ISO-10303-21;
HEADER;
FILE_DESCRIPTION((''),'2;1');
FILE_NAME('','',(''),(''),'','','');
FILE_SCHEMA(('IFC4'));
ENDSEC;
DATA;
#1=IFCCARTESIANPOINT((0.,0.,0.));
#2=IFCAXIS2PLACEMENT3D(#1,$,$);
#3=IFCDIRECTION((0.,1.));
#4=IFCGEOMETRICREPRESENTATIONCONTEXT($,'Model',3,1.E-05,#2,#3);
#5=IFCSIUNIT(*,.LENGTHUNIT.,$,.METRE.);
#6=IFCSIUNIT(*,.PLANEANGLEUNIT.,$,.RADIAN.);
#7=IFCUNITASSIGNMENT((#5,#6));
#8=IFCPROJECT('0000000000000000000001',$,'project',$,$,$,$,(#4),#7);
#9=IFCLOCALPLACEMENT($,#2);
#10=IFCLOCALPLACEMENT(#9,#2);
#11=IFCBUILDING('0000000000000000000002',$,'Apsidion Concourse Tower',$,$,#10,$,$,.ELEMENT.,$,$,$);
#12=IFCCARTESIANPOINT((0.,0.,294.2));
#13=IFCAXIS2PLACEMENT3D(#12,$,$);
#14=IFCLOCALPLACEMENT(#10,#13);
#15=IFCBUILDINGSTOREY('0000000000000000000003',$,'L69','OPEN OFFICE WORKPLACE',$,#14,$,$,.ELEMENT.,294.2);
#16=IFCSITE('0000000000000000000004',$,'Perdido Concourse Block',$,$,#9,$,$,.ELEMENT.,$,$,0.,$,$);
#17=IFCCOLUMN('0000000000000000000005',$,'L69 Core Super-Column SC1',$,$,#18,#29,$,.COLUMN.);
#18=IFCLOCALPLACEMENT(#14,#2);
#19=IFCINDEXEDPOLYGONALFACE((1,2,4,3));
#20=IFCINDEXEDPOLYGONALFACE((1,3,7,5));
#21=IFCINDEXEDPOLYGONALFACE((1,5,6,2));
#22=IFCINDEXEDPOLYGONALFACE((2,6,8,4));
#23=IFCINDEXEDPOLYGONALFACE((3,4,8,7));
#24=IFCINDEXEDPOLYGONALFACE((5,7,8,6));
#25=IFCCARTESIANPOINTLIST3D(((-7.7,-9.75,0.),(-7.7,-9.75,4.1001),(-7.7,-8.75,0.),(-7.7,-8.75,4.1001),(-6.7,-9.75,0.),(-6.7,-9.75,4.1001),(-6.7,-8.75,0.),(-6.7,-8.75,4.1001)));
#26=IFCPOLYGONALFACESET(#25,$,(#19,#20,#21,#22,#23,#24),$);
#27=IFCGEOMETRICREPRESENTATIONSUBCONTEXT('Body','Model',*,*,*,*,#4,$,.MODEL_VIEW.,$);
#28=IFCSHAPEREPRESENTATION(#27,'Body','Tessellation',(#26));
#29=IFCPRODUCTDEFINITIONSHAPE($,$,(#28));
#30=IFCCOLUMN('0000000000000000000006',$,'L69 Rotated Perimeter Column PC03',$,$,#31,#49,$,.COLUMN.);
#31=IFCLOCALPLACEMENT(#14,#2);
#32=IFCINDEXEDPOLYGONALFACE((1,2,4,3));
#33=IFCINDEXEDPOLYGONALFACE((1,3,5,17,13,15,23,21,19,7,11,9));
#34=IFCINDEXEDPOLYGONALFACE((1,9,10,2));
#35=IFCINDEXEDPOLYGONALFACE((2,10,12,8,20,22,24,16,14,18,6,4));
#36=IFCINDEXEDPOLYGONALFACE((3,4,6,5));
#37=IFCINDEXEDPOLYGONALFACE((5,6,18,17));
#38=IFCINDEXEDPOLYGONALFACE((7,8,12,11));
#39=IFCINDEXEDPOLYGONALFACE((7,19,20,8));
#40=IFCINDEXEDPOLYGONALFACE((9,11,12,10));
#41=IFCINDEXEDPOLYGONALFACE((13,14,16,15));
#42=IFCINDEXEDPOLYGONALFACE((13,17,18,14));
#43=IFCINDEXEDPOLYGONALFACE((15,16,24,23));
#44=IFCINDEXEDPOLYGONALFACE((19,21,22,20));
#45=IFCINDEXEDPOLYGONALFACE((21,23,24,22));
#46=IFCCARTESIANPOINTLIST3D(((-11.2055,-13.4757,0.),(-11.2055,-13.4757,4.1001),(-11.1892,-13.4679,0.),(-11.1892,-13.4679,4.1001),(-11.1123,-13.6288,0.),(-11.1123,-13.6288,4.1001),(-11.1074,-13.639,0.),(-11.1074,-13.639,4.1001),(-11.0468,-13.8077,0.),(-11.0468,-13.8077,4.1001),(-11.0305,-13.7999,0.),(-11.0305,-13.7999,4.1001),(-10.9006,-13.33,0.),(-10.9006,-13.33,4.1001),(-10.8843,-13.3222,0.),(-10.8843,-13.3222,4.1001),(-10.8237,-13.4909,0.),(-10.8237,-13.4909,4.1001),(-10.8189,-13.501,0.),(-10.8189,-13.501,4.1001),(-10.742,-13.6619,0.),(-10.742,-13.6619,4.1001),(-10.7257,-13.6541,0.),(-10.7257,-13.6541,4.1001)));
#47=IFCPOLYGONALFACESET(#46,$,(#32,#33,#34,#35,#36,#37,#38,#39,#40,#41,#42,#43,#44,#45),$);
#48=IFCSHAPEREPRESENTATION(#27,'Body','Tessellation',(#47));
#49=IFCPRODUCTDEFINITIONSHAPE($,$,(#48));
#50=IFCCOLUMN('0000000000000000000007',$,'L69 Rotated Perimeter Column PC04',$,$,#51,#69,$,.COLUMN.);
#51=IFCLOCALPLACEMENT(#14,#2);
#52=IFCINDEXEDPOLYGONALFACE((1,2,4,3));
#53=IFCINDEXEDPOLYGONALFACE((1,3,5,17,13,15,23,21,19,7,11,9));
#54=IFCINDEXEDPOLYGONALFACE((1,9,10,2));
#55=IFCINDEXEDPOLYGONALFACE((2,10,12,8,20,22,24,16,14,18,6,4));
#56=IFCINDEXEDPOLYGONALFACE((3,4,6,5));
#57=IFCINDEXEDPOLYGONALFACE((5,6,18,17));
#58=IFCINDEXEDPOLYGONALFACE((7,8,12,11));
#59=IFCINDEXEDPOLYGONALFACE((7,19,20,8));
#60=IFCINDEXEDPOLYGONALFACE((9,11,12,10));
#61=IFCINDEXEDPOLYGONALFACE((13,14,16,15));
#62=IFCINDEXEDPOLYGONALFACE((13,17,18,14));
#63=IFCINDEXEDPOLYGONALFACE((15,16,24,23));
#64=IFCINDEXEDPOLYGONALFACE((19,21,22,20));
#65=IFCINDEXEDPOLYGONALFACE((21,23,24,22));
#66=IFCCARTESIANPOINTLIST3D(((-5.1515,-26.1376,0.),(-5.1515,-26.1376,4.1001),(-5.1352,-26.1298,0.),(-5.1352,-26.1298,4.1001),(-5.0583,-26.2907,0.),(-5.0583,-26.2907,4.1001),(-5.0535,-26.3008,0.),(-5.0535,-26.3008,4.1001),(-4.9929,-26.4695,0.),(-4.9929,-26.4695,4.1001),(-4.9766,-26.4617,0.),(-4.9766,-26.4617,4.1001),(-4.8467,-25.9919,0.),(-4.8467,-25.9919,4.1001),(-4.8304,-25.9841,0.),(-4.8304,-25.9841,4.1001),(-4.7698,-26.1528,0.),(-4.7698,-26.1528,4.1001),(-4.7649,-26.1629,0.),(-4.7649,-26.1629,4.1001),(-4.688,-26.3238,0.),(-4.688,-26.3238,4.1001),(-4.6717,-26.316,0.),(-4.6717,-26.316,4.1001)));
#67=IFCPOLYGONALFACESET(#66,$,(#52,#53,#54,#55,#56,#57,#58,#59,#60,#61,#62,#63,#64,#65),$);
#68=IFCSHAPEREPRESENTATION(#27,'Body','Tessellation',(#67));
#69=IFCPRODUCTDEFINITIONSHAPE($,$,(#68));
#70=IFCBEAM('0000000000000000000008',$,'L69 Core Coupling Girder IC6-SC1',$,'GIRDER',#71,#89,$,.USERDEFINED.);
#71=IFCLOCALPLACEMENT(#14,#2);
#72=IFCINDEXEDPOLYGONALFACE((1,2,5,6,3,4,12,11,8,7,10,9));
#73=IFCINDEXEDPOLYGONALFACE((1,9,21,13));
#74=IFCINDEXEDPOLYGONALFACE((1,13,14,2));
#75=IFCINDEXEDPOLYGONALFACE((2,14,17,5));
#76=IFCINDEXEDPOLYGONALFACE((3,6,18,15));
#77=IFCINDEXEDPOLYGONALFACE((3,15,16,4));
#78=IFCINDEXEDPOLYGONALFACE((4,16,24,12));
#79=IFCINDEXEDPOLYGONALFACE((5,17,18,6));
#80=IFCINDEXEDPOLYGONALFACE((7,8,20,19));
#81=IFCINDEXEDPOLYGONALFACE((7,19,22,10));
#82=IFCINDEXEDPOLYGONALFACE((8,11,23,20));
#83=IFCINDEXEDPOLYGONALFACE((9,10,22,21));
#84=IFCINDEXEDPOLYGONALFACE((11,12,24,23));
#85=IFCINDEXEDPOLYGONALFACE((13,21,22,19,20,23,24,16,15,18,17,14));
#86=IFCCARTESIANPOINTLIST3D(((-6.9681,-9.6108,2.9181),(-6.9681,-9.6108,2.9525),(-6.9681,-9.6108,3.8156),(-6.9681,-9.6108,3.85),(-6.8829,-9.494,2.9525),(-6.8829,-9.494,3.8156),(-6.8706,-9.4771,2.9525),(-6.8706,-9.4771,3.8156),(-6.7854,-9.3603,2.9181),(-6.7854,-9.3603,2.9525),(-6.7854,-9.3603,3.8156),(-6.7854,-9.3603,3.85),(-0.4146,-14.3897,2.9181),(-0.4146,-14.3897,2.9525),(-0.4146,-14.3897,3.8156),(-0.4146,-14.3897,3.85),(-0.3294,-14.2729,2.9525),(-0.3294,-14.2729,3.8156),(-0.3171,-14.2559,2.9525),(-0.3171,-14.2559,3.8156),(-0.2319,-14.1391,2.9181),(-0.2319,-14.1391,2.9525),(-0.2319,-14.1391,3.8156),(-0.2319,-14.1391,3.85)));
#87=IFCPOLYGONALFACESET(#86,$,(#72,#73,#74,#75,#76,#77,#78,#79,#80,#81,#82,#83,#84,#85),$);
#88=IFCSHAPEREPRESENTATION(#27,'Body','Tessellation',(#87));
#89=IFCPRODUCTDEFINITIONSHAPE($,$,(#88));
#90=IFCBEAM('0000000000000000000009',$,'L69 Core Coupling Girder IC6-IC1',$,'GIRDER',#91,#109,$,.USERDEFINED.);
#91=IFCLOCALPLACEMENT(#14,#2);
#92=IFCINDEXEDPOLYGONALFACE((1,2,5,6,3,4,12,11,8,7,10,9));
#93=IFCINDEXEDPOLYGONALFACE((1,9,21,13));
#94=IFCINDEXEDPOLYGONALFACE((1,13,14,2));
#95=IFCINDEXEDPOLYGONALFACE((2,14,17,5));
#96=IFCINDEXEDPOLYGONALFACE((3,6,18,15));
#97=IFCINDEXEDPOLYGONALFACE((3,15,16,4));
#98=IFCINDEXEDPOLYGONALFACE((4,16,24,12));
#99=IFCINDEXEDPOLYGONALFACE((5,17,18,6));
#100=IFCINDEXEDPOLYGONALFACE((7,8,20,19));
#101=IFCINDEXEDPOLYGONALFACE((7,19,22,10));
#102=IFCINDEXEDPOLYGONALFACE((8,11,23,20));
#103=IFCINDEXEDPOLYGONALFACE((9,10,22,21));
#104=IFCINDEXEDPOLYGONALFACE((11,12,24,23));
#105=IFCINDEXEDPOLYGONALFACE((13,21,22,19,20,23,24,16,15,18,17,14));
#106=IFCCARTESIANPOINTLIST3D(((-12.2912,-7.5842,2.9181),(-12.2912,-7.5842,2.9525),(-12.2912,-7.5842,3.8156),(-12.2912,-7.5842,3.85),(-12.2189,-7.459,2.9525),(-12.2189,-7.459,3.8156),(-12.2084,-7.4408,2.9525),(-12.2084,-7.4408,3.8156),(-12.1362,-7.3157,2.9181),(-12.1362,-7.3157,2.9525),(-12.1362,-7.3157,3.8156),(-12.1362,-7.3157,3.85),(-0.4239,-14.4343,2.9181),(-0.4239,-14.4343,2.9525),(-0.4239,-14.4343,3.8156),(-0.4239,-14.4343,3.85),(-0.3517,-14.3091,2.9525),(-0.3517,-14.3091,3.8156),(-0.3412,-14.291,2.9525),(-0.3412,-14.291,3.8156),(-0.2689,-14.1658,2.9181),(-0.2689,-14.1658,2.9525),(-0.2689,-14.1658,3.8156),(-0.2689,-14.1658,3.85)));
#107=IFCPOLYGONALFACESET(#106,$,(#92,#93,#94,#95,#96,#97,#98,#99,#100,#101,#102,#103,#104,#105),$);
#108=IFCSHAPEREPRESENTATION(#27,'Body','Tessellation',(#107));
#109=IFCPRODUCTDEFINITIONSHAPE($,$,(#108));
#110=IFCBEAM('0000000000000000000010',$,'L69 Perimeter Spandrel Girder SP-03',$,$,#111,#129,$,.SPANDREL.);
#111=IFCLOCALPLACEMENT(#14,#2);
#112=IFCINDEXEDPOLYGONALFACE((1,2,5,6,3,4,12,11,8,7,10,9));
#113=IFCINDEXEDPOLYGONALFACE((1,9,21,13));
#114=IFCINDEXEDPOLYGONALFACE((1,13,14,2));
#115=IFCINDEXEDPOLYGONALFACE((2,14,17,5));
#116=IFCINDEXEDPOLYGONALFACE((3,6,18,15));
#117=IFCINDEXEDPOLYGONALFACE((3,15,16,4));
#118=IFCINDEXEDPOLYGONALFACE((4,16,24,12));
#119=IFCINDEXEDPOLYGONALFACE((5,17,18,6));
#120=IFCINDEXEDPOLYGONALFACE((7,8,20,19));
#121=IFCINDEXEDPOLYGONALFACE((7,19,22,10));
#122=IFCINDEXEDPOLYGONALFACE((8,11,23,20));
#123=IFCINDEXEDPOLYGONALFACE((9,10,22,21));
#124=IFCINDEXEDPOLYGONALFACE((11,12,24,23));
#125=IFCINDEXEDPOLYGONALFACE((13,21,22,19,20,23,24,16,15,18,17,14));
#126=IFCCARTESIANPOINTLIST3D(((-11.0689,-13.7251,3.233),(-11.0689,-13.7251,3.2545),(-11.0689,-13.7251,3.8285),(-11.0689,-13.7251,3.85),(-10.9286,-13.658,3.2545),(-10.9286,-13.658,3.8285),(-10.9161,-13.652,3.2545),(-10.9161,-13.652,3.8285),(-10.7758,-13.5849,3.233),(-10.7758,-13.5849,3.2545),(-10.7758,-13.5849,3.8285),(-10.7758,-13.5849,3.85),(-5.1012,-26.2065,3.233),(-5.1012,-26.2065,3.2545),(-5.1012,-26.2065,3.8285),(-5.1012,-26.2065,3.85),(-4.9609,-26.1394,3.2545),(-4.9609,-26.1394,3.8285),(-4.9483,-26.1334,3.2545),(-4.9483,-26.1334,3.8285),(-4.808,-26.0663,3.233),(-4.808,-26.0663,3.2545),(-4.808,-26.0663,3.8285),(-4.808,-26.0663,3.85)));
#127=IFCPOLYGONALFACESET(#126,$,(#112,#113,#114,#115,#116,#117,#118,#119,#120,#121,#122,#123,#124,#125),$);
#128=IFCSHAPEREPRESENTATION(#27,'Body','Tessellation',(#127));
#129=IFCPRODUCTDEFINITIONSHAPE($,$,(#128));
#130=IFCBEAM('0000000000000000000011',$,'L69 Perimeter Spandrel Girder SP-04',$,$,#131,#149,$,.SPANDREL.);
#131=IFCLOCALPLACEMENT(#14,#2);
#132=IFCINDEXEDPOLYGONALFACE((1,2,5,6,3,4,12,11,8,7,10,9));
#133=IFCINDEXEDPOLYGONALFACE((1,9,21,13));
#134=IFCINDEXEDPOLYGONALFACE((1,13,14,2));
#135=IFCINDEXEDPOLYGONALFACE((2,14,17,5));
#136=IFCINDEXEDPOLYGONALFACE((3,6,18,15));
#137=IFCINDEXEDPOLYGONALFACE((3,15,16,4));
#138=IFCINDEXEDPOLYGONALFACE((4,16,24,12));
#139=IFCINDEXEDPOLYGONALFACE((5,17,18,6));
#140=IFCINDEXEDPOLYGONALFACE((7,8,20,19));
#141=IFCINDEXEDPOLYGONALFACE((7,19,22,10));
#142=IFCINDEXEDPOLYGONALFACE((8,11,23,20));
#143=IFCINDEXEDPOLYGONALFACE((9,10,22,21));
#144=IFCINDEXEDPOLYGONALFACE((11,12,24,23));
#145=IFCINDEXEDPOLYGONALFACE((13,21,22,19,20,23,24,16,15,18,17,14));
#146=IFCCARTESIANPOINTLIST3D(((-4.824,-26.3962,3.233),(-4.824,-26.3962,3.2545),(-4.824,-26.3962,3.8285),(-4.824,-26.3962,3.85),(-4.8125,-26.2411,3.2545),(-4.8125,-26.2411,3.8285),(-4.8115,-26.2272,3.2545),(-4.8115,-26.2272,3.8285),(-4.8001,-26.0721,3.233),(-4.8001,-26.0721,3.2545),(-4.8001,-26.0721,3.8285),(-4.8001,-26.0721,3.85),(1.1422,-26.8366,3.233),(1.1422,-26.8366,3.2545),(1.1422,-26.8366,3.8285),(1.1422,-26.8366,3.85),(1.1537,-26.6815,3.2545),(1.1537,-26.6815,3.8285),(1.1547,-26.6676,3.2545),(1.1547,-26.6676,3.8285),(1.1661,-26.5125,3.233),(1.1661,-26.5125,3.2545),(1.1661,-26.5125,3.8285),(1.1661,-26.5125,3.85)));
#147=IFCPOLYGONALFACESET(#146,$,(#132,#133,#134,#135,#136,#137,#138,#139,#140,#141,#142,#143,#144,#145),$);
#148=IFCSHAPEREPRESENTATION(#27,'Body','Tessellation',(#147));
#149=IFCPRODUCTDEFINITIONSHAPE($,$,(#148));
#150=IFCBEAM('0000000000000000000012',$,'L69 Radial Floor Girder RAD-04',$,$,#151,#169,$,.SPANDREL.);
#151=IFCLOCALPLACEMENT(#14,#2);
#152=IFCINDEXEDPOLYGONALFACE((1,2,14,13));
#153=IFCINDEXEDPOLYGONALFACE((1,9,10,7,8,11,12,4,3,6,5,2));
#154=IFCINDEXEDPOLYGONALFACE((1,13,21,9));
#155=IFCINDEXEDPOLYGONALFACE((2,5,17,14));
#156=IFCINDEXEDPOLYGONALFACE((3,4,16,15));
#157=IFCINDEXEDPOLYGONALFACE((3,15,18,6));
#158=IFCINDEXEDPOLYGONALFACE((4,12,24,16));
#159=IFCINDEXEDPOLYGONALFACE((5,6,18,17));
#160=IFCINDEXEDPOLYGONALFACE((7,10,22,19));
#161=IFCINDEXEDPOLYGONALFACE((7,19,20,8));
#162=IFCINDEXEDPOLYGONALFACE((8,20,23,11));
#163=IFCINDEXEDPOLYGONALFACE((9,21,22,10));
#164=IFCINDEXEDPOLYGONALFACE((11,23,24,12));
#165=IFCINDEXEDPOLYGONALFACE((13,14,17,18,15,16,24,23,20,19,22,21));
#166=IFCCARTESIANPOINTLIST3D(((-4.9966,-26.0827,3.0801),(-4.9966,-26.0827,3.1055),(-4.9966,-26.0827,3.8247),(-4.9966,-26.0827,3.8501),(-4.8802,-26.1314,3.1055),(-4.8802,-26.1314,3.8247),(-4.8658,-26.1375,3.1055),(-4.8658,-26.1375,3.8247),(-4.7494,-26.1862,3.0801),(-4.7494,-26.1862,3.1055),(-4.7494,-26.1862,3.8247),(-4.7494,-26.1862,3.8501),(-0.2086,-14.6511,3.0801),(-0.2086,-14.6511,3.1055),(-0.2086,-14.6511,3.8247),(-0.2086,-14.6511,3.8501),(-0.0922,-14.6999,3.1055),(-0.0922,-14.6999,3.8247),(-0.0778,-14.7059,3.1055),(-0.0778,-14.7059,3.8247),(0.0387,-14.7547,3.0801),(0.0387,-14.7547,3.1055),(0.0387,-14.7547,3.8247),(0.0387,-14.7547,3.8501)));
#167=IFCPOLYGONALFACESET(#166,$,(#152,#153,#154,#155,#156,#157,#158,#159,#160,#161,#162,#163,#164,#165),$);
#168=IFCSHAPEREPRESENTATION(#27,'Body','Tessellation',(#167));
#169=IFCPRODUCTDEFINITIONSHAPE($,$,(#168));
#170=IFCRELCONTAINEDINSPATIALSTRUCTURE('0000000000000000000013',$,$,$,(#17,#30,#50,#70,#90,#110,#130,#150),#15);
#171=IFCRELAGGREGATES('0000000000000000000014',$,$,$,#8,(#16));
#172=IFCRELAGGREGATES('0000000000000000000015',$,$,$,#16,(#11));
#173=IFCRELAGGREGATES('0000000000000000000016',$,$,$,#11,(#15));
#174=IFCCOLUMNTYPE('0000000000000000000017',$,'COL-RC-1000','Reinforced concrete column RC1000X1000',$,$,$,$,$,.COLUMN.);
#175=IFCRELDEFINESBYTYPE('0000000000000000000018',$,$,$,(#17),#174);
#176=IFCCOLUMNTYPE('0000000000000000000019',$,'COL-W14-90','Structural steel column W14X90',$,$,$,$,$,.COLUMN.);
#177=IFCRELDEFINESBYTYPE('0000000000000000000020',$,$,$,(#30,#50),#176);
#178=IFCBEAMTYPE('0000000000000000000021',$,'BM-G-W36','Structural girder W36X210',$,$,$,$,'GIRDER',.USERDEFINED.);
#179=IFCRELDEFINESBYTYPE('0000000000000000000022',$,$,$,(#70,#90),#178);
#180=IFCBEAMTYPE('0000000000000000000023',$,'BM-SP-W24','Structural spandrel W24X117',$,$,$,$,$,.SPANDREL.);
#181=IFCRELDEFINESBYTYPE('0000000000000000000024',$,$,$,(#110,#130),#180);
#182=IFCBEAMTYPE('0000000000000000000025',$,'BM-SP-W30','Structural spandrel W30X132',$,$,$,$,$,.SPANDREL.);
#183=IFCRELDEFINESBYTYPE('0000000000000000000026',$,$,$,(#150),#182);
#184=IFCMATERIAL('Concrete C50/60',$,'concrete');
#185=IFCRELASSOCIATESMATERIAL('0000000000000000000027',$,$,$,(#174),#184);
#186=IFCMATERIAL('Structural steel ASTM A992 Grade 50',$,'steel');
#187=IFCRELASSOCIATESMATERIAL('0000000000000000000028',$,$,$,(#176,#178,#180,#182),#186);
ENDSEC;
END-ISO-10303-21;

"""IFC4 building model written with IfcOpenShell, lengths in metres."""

from ifc_helpers import new_model, si_unit, direction, frame, origin, origin_2d, place, context, subcontext, project, spatial, rectangle, i_section, extrude, material, material_profile, profile_set, type_object, element, save


model = new_model("IFC4")

# Units and contexts
model_context = context("Model", 3, precision=1e-05, world=origin(), true_north=direction((0.0, 1.0)))
body_context = subcontext(model_context, "Body", "Model", "MODEL_VIEW")
ifc_project = project(units=[si_unit("LENGTHUNIT", "METRE"), si_unit("PLANEANGLEUNIT", "RADIAN")], contexts=[model_context])

# Site, building, storey
site_placement = place(None, origin())
site = spatial("IfcSite", under=ifc_project, at=site_placement, Name="Perdido Concourse Block", CompositionType="ELEMENT", RefElevation=0.0)
building_placement = place(site_placement, origin())
building = spatial("IfcBuilding", under=site, at=building_placement, Name="Apsidion Concourse Tower", CompositionType="ELEMENT")
storey_placement = place(building_placement, frame((0.0, 0.0, 294.2)))
storey = spatial("IfcBuildingStorey", under=building, at=storey_placement, Name="L69", Description="OPEN OFFICE WORKPLACE", CompositionType="ELEMENT", Elevation=294.2)

# Columns
ifc_material_1 = material(Name="Concrete C50/60", Category="concrete")
ifc_material_profile_1 = material_profile(ifc_material_1, rectangle(XDim=1.0, YDim=1.0, at=origin_2d()), Name="RC 1000x1000")
ifc_profile_set_1 = profile_set([ifc_material_profile_1], Name="Concrete C50/60")
column_type_1 = type_object("IfcColumnType", Name="COL-RC-1000", Description="Reinforced concrete column RC1000X1000", PredefinedType="COLUMN", material=ifc_profile_set_1)
column_placement = place(storey_placement, frame((-7.2, -9.25, 0.0), z_axis=(0.0, 0.0, 1.0), x_axis=(1.0, 0.0, 0.0)))
element("IfcColumn", 1, at=column_placement, inside=storey, type_object=column_type_1, Name="L69 Core Super-Column SC1", PredefinedType="COLUMN", context=body_context, shape_type="SweptSolid", body=[
    extrude(rectangle(XDim=1.0, YDim=1.0, at=origin_2d()), origin(), (0.0, 0.0, 1.0), 4.1001),
])
ifc_material_2 = material(Name="Structural steel ASTM A992 Grade 50", Category="steel")
ifc_material_profile_2 = material_profile(ifc_material_2, i_section(OverallWidth=0.3679, OverallDepth=0.356, WebThickness=0.0112, FlangeThickness=0.0181, at=origin_2d()), Name="W14X90")
ifc_profile_set_2 = profile_set([ifc_material_profile_2], Name="Structural steel ASTM A992 Grade 50")
column_type_2 = type_object("IfcColumnType", Name="COL-W14-90", Description="Structural steel column W14X90", PredefinedType="COLUMN", material=ifc_profile_set_2)
for number, where, z_axis, x_axis, name in (
    (2, (-10.9656, -13.5649, 0.0), (0.0, 0.0, 1.0), (-0.431299, 0.902209, 0.0), "L69 Rotated Perimeter Column PC03"),
    (3, (-4.9116, -26.2268, 0.0), (0.0, 0.0, 1.0), (-0.431299, 0.902209, 0.0), "L69 Rotated Perimeter Column PC04"),
):
    element("IfcColumn", number, at=place(storey_placement, frame(where, z_axis=z_axis, x_axis=x_axis)), inside=storey, type_object=column_type_2, Name=name, PredefinedType="COLUMN", context=body_context, shape_type="SweptSolid", body=[
        extrude(i_section(OverallWidth=0.3679, OverallDepth=0.356, WebThickness=0.0112, FlangeThickness=0.0181, at=origin_2d()), origin(), (0.0, 0.0, 1.0), 4.1001),
    ])

# Beams
ifc_material_profile_3 = material_profile(ifc_material_2, i_section(OverallWidth=0.3101, OverallDepth=0.9319, WebThickness=0.021, FlangeThickness=0.0344, at=origin_2d()), Name="W36X210")
ifc_profile_set_3 = profile_set([ifc_material_profile_3], Name="Structural steel ASTM A992 Grade 50")
beam_type_1 = type_object("IfcBeamType", Name="BM-G-W36", Description="Structural girder W36X210", ElementType="GIRDER", PredefinedType="USERDEFINED", material=ifc_profile_set_3)
beam_1_placement = place(storey_placement, frame((-0.3232, -14.2644, 3.384), z_axis=(-0.807993, 0.589191, 0.0), x_axis=(-0.589191, -0.807993, 0.0)))
element("IfcBeam", 4, at=beam_1_placement, inside=storey, type_object=beam_type_1, Name="L69 Core Coupling Girder IC6-SC1", ObjectType="GIRDER", PredefinedType="USERDEFINED", context=body_context, shape_type="SweptSolid", body=[
    extrude(i_section(OverallWidth=0.3101, OverallDepth=0.9319, WebThickness=0.021, FlangeThickness=0.0344, at=origin_2d()), origin(), (0.0, 0.0, 1.0), 8.1108),
])
beam_2_placement = place(storey_placement, frame((-0.3464, -14.3, 3.384), z_axis=(-0.86607, 0.499922, 0.0), x_axis=(-0.499922, -0.86607, 0.0)))
element("IfcBeam", 5, at=beam_2_placement, inside=storey, type_object=beam_type_1, Name="L69 Core Coupling Girder IC6-IC1", ObjectType="GIRDER", PredefinedType="USERDEFINED", context=body_context, shape_type="SweptSolid", body=[
    extrude(i_section(OverallWidth=0.3101, OverallDepth=0.9319, WebThickness=0.021, FlangeThickness=0.0344, at=origin_2d()), origin(), (0.0, 0.0, 1.0), 13.7024),
])
ifc_material_profile_4 = material_profile(ifc_material_2, i_section(OverallWidth=0.325, OverallDepth=0.6169, WebThickness=0.0139, FlangeThickness=0.0215, at=origin_2d()), Name="W24X117")
ifc_profile_set_4 = profile_set([ifc_material_profile_4], Name="Structural steel ASTM A992 Grade 50")
beam_type_2 = type_object("IfcBeamType", Name="BM-SP-W24", Description="Structural spandrel W24X117", PredefinedType="SPANDREL", material=ifc_profile_set_4)
beam_3_placement = place(storey_placement, frame((-10.9224, -13.655, 3.5415), z_axis=(0.431361, -0.90218, 0.0), x_axis=(0.90218, 0.431361, 0.0)))
element("IfcBeam", 6, at=beam_3_placement, inside=storey, type_object=beam_type_2, Name="L69 Perimeter Spandrel Girder SP-03", PredefinedType="SPANDREL", context=body_context, shape_type="SweptSolid", body=[
    extrude(i_section(OverallWidth=0.325, OverallDepth=0.6169, WebThickness=0.0139, FlangeThickness=0.0215, at=origin_2d()), origin(), (0.0, 0.0, 1.0), 13.8347),
])
beam_4_placement = place(storey_placement, frame((-4.812, -26.2341, 3.5415), z_axis=(0.997286, -0.073619, 0.0), x_axis=(0.073619, 0.997286, 0.0)))
element("IfcBeam", 7, at=beam_4_placement, inside=storey, type_object=beam_type_2, Name="L69 Perimeter Spandrel Girder SP-04", PredefinedType="SPANDREL", context=body_context, shape_type="SweptSolid", body=[
    extrude(i_section(OverallWidth=0.325, OverallDepth=0.6169, WebThickness=0.0139, FlangeThickness=0.0215, at=origin_2d()), origin(), (0.0, 0.0, 1.0), 5.9824),
])
ifc_material_profile_5 = material_profile(ifc_material_2, i_section(OverallWidth=0.2681, OverallDepth=0.77, WebThickness=0.0156, FlangeThickness=0.0254, at=origin_2d()), Name="W30X132")
ifc_profile_set_5 = profile_set([ifc_material_profile_5], Name="Structural steel ASTM A992 Grade 50")
beam_type_3 = type_object("IfcBeamType", Name="BM-SP-W30", Description="Structural spandrel W30X132", PredefinedType="SPANDREL", material=ifc_profile_set_5)
beam_5_placement = place(storey_placement, frame((-0.085, -14.7029, 3.4651), z_axis=(-0.386327, -0.922362, 0.0), x_axis=(0.922362, -0.386327, 0.0)))
element("IfcBeam", 8, at=beam_5_placement, inside=storey, type_object=beam_type_3, Name="L69 Radial Floor Girder RAD-04", PredefinedType="SPANDREL", context=body_context, shape_type="SweptSolid", body=[
    extrude(i_section(OverallWidth=0.2681, OverallDepth=0.77, WebThickness=0.0156, FlangeThickness=0.0254, at=origin_2d()), origin(), (0.0, 0.0, 1.0), 12.3938),
])

save(model, "model.ifc")
